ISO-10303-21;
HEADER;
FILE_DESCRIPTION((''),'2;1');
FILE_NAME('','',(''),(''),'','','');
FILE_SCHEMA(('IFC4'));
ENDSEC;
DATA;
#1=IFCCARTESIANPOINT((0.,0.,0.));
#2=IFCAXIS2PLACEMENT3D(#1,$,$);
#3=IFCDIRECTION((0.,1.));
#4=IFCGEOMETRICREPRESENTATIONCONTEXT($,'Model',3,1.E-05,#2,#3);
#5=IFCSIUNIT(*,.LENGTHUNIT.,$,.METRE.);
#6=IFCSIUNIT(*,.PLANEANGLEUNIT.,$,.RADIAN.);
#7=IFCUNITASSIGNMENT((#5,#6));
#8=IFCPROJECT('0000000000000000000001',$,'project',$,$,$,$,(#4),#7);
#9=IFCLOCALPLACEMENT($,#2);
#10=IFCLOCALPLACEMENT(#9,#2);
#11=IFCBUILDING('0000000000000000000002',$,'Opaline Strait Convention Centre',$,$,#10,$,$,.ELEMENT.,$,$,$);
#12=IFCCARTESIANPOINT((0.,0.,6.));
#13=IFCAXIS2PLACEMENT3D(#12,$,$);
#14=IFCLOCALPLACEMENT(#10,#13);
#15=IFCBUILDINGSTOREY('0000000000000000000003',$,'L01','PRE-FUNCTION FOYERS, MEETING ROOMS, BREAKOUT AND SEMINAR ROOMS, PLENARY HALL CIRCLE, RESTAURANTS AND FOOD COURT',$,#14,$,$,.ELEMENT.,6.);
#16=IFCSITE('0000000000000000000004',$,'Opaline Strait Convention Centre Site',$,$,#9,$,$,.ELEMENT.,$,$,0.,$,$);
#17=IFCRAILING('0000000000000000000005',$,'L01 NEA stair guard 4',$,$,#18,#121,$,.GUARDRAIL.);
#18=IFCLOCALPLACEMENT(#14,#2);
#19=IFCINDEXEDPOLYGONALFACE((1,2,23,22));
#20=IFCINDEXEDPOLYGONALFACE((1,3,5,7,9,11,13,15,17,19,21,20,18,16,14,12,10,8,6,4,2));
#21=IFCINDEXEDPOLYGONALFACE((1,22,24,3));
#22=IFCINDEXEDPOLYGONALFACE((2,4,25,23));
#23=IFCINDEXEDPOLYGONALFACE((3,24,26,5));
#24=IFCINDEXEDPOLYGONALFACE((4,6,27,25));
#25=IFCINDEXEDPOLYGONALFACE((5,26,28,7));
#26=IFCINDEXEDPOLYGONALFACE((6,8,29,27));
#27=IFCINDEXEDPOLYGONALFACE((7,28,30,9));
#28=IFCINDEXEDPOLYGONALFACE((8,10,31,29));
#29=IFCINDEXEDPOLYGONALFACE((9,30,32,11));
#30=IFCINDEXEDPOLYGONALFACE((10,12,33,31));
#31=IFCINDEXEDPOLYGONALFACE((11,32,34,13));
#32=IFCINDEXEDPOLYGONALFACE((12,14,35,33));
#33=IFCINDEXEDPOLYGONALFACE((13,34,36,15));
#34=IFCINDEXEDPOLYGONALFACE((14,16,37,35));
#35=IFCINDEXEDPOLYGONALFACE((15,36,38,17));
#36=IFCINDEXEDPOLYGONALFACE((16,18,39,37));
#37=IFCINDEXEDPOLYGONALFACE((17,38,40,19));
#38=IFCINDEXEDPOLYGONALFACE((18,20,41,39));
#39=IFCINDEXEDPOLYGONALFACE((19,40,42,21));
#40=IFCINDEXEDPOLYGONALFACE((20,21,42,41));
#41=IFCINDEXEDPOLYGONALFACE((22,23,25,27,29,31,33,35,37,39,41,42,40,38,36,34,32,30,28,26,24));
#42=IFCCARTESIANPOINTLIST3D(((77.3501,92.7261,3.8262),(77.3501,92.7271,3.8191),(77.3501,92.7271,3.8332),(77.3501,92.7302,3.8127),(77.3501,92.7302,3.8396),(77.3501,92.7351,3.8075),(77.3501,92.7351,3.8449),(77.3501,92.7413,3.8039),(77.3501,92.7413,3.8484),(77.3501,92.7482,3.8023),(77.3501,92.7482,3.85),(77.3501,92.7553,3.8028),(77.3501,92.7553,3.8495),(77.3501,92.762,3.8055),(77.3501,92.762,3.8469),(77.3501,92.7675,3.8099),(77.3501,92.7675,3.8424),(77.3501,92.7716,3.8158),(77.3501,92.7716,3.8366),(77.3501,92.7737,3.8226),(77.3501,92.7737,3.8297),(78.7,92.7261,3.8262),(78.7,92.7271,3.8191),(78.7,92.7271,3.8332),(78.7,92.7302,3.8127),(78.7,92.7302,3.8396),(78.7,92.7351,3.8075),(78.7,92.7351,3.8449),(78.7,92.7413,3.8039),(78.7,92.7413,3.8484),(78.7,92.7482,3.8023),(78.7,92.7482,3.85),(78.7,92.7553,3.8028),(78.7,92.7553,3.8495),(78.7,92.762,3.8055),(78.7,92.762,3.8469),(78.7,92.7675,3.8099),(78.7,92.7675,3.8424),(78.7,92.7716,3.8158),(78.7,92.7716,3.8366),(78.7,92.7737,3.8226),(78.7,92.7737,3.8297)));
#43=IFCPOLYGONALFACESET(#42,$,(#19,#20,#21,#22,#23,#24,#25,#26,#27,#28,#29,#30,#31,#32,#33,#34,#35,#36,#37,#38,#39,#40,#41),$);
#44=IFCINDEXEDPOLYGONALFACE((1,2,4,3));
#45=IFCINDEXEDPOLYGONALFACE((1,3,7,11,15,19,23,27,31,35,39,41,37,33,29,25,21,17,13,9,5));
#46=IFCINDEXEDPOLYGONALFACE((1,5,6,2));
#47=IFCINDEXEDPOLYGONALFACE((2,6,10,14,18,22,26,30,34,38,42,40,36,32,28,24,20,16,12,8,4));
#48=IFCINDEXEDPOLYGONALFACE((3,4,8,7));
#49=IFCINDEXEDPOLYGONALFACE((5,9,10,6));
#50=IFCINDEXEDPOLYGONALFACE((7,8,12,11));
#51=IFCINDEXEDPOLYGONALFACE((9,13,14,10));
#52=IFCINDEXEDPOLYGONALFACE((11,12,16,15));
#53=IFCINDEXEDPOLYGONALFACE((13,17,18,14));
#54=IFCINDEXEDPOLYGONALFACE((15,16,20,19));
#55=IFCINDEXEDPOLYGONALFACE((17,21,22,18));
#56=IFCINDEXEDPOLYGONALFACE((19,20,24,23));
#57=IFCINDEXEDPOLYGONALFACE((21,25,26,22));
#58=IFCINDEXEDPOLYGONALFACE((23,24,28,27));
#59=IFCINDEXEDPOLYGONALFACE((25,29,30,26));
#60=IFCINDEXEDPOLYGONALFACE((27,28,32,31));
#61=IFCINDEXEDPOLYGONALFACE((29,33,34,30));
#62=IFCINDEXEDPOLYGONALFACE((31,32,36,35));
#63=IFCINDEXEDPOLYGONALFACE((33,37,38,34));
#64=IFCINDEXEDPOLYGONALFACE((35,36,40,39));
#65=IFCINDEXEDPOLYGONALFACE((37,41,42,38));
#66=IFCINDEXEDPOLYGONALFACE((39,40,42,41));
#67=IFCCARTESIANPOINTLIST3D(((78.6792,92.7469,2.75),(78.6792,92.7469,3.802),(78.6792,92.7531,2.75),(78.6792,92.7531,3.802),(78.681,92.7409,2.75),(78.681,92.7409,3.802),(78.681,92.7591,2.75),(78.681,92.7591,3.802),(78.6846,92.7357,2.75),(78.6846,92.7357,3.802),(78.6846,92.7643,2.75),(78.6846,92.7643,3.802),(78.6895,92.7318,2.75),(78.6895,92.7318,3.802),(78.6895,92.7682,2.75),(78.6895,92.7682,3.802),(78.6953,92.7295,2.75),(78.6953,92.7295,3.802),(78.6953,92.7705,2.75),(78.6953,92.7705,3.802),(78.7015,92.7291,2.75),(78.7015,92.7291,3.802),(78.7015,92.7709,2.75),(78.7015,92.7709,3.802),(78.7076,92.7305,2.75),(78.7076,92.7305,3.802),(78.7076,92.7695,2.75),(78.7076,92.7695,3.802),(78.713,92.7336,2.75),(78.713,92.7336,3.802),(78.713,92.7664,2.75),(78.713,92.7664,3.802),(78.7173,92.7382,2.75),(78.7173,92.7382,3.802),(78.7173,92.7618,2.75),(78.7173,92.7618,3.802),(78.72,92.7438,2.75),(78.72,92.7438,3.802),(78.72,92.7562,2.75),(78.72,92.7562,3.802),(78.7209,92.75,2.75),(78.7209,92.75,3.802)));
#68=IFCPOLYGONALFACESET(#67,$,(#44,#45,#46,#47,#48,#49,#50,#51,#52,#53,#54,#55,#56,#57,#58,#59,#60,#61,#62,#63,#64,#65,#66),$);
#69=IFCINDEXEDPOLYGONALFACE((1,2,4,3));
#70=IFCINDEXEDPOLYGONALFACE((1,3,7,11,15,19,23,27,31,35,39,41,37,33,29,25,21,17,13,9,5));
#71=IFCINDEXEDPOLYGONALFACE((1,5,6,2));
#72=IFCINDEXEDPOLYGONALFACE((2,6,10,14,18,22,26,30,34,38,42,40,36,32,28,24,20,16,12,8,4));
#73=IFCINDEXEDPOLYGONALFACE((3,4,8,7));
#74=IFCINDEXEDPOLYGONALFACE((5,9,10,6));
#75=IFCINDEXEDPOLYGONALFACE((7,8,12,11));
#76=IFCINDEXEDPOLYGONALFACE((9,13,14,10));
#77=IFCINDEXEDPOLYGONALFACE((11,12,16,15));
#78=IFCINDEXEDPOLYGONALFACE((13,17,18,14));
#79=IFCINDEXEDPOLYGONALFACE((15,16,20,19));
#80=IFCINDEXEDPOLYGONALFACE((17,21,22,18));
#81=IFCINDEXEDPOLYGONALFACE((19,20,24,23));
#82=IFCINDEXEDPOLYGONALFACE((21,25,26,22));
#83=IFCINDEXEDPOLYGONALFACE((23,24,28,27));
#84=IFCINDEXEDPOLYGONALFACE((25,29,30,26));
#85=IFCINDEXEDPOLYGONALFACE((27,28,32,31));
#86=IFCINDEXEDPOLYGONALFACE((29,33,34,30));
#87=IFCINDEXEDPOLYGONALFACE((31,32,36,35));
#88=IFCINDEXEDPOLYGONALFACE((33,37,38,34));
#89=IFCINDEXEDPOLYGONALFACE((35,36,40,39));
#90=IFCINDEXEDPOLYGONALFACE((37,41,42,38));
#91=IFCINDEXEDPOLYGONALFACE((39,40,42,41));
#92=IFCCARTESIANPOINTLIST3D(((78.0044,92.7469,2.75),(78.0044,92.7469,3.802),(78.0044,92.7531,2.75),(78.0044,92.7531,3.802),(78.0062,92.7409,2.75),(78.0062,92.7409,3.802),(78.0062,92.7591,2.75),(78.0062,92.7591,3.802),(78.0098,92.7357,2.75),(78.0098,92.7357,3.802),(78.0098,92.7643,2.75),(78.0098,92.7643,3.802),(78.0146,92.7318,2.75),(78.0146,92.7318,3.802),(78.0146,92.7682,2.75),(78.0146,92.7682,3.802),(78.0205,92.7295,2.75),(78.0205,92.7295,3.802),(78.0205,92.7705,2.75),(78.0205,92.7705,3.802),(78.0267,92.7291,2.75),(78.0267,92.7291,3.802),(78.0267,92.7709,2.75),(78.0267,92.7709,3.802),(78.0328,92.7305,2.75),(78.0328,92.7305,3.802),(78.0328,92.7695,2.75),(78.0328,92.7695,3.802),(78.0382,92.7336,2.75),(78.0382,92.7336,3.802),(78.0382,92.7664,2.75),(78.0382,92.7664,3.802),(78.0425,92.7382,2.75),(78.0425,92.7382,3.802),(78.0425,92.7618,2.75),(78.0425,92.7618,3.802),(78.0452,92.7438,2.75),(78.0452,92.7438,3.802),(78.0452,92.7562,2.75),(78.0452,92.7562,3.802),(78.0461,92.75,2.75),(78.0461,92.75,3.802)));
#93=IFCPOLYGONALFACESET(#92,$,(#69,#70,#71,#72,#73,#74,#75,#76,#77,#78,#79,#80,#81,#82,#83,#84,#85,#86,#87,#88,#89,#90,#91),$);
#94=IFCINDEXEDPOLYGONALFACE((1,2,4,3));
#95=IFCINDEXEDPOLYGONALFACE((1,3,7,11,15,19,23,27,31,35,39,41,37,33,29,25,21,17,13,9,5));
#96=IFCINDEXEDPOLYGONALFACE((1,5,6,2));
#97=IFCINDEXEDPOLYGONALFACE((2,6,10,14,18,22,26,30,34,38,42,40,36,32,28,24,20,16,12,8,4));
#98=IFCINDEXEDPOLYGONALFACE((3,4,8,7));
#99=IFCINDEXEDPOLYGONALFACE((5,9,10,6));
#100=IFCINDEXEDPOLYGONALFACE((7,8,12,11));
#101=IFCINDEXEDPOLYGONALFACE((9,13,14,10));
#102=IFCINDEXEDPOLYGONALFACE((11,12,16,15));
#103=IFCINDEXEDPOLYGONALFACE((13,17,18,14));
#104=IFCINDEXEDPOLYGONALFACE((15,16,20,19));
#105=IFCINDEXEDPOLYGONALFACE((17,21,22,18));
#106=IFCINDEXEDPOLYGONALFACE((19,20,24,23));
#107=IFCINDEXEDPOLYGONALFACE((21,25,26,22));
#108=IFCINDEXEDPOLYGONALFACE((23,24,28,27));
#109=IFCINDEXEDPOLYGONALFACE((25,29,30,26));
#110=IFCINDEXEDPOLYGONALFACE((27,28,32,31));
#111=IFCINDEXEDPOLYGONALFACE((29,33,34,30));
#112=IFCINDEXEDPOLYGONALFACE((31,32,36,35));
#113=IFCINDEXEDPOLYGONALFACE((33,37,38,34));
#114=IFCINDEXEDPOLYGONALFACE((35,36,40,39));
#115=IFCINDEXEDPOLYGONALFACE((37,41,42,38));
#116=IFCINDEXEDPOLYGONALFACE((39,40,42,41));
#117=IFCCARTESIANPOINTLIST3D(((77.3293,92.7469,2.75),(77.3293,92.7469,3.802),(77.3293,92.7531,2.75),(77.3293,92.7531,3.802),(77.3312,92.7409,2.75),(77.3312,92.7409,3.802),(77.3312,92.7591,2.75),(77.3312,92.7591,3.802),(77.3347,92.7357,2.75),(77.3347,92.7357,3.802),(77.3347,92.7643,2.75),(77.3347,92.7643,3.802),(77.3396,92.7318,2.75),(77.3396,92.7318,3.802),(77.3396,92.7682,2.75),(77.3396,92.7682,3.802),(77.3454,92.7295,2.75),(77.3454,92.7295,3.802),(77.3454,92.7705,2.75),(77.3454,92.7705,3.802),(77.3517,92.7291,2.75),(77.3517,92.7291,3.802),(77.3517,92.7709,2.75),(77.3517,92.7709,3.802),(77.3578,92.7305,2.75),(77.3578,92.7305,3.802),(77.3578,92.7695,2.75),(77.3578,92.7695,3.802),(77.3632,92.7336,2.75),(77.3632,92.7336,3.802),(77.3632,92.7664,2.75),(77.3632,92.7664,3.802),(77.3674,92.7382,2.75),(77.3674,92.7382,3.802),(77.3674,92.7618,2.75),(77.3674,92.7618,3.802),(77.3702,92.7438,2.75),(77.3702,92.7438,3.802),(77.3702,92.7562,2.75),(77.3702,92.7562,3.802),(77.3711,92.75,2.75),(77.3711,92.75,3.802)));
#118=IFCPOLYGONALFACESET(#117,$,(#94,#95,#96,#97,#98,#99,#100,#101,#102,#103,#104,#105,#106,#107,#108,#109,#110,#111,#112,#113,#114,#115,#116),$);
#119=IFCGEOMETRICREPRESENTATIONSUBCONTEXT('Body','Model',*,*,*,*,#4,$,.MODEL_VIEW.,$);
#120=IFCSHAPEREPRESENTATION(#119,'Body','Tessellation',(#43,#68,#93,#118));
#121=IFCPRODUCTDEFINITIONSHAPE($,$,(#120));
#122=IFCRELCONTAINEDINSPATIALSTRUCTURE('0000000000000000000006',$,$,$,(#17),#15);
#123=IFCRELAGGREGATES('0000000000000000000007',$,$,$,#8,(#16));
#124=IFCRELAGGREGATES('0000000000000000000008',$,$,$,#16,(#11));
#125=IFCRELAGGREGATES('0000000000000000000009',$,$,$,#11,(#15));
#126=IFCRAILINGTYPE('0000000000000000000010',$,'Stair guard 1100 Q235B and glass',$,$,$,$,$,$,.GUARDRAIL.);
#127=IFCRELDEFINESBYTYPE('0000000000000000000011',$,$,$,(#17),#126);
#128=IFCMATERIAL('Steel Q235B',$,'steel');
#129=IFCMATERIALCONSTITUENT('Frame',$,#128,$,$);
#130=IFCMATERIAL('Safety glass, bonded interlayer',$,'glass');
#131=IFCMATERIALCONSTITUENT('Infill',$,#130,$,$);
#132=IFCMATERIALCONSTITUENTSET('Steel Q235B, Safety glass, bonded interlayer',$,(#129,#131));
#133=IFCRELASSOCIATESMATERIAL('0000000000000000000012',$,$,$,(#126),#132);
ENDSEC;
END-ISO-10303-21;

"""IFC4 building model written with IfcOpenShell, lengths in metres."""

from ifc_helpers import new_model, si_unit, direction, frame, origin, origin_2d, place, context, subcontext, project, spatial, circle, extrude, material, constituent, constituent_set, type_object, element, save


model = new_model("IFC4")

# Units and contexts
model_context = context("Model", 3, precision=1e-05, world=origin(), true_north=direction((0.0, 1.0)))
body_context = subcontext(model_context, "Body", "Model", "MODEL_VIEW")
ifc_project = project(units=[si_unit("LENGTHUNIT", "METRE"), si_unit("PLANEANGLEUNIT", "RADIAN")], contexts=[model_context])

# Site, building, storey
site_placement = place(None, origin())
site = spatial("IfcSite", under=ifc_project, at=site_placement, Name="Opaline Strait Convention Centre Site", CompositionType="ELEMENT", RefElevation=0.0)
building_placement = place(site_placement, origin())
building = spatial("IfcBuilding", under=site, at=building_placement, Name="Opaline Strait Convention Centre", CompositionType="ELEMENT")
storey_placement = place(building_placement, frame((0.0, 0.0, 6.0)))
storey = spatial("IfcBuildingStorey", under=building, at=storey_placement, Name="L01", Description="PRE-FUNCTION FOYERS, MEETING ROOMS, BREAKOUT AND SEMINAR ROOMS, PLENARY HALL CIRCLE, RESTAURANTS AND FOOD COURT", CompositionType="ELEMENT", Elevation=6.0)

# Railing
ifc_material_1 = material(Name="Steel Q235B", Category="steel")
ifc_constituent_1 = constituent(ifc_material_1, Name="Frame")
ifc_material_2 = material(Name="Safety glass, bonded interlayer", Category="glass")
ifc_constituent_2 = constituent(ifc_material_2, Name="Infill")
ifc_constituent_set = constituent_set(constituents=[ifc_constituent_1, ifc_constituent_2], Name="Steel Q235B, Safety glass, bonded interlayer")
railing_type_1 = type_object("IfcRailingType", Name="Stair guard 1100 Q235B and glass", PredefinedType="GUARDRAIL", material=ifc_constituent_set)
for number, where, name in (
    (1, (78.7, 92.75, 2.75), "L01 NEA stair guard 4"),
):
    element("IfcRailing", number, at=place(storey_placement, frame(where)), inside=storey, type_object=railing_type_1, Name=name, PredefinedType="GUARDRAIL", context=body_context, shape_type="SweptSolid", body=[
        extrude(circle(Radius=0.0239, at=origin_2d()), frame((0.0, 0.0, 1.0762), z_axis=(-1.0, 0.0, 0.0), x_axis=(0.0, -1.0, 0.0)), (0.0, 0.0, 1.0), 1.3499),
        extrude(circle(Radius=0.021, at=origin_2d()), origin(), (0.0, 0.0, 1.0), 1.052),
        extrude(circle(Radius=0.021, at=origin_2d()), frame((-0.6748, 0.0, 0.0)), (0.0, 0.0, 1.0), 1.052),
        extrude(circle(Radius=0.021, at=origin_2d()), frame((-1.3499, 0.0, 0.0)), (0.0, 0.0, 1.0), 1.052),
    ])

save(model, "model.ifc")
